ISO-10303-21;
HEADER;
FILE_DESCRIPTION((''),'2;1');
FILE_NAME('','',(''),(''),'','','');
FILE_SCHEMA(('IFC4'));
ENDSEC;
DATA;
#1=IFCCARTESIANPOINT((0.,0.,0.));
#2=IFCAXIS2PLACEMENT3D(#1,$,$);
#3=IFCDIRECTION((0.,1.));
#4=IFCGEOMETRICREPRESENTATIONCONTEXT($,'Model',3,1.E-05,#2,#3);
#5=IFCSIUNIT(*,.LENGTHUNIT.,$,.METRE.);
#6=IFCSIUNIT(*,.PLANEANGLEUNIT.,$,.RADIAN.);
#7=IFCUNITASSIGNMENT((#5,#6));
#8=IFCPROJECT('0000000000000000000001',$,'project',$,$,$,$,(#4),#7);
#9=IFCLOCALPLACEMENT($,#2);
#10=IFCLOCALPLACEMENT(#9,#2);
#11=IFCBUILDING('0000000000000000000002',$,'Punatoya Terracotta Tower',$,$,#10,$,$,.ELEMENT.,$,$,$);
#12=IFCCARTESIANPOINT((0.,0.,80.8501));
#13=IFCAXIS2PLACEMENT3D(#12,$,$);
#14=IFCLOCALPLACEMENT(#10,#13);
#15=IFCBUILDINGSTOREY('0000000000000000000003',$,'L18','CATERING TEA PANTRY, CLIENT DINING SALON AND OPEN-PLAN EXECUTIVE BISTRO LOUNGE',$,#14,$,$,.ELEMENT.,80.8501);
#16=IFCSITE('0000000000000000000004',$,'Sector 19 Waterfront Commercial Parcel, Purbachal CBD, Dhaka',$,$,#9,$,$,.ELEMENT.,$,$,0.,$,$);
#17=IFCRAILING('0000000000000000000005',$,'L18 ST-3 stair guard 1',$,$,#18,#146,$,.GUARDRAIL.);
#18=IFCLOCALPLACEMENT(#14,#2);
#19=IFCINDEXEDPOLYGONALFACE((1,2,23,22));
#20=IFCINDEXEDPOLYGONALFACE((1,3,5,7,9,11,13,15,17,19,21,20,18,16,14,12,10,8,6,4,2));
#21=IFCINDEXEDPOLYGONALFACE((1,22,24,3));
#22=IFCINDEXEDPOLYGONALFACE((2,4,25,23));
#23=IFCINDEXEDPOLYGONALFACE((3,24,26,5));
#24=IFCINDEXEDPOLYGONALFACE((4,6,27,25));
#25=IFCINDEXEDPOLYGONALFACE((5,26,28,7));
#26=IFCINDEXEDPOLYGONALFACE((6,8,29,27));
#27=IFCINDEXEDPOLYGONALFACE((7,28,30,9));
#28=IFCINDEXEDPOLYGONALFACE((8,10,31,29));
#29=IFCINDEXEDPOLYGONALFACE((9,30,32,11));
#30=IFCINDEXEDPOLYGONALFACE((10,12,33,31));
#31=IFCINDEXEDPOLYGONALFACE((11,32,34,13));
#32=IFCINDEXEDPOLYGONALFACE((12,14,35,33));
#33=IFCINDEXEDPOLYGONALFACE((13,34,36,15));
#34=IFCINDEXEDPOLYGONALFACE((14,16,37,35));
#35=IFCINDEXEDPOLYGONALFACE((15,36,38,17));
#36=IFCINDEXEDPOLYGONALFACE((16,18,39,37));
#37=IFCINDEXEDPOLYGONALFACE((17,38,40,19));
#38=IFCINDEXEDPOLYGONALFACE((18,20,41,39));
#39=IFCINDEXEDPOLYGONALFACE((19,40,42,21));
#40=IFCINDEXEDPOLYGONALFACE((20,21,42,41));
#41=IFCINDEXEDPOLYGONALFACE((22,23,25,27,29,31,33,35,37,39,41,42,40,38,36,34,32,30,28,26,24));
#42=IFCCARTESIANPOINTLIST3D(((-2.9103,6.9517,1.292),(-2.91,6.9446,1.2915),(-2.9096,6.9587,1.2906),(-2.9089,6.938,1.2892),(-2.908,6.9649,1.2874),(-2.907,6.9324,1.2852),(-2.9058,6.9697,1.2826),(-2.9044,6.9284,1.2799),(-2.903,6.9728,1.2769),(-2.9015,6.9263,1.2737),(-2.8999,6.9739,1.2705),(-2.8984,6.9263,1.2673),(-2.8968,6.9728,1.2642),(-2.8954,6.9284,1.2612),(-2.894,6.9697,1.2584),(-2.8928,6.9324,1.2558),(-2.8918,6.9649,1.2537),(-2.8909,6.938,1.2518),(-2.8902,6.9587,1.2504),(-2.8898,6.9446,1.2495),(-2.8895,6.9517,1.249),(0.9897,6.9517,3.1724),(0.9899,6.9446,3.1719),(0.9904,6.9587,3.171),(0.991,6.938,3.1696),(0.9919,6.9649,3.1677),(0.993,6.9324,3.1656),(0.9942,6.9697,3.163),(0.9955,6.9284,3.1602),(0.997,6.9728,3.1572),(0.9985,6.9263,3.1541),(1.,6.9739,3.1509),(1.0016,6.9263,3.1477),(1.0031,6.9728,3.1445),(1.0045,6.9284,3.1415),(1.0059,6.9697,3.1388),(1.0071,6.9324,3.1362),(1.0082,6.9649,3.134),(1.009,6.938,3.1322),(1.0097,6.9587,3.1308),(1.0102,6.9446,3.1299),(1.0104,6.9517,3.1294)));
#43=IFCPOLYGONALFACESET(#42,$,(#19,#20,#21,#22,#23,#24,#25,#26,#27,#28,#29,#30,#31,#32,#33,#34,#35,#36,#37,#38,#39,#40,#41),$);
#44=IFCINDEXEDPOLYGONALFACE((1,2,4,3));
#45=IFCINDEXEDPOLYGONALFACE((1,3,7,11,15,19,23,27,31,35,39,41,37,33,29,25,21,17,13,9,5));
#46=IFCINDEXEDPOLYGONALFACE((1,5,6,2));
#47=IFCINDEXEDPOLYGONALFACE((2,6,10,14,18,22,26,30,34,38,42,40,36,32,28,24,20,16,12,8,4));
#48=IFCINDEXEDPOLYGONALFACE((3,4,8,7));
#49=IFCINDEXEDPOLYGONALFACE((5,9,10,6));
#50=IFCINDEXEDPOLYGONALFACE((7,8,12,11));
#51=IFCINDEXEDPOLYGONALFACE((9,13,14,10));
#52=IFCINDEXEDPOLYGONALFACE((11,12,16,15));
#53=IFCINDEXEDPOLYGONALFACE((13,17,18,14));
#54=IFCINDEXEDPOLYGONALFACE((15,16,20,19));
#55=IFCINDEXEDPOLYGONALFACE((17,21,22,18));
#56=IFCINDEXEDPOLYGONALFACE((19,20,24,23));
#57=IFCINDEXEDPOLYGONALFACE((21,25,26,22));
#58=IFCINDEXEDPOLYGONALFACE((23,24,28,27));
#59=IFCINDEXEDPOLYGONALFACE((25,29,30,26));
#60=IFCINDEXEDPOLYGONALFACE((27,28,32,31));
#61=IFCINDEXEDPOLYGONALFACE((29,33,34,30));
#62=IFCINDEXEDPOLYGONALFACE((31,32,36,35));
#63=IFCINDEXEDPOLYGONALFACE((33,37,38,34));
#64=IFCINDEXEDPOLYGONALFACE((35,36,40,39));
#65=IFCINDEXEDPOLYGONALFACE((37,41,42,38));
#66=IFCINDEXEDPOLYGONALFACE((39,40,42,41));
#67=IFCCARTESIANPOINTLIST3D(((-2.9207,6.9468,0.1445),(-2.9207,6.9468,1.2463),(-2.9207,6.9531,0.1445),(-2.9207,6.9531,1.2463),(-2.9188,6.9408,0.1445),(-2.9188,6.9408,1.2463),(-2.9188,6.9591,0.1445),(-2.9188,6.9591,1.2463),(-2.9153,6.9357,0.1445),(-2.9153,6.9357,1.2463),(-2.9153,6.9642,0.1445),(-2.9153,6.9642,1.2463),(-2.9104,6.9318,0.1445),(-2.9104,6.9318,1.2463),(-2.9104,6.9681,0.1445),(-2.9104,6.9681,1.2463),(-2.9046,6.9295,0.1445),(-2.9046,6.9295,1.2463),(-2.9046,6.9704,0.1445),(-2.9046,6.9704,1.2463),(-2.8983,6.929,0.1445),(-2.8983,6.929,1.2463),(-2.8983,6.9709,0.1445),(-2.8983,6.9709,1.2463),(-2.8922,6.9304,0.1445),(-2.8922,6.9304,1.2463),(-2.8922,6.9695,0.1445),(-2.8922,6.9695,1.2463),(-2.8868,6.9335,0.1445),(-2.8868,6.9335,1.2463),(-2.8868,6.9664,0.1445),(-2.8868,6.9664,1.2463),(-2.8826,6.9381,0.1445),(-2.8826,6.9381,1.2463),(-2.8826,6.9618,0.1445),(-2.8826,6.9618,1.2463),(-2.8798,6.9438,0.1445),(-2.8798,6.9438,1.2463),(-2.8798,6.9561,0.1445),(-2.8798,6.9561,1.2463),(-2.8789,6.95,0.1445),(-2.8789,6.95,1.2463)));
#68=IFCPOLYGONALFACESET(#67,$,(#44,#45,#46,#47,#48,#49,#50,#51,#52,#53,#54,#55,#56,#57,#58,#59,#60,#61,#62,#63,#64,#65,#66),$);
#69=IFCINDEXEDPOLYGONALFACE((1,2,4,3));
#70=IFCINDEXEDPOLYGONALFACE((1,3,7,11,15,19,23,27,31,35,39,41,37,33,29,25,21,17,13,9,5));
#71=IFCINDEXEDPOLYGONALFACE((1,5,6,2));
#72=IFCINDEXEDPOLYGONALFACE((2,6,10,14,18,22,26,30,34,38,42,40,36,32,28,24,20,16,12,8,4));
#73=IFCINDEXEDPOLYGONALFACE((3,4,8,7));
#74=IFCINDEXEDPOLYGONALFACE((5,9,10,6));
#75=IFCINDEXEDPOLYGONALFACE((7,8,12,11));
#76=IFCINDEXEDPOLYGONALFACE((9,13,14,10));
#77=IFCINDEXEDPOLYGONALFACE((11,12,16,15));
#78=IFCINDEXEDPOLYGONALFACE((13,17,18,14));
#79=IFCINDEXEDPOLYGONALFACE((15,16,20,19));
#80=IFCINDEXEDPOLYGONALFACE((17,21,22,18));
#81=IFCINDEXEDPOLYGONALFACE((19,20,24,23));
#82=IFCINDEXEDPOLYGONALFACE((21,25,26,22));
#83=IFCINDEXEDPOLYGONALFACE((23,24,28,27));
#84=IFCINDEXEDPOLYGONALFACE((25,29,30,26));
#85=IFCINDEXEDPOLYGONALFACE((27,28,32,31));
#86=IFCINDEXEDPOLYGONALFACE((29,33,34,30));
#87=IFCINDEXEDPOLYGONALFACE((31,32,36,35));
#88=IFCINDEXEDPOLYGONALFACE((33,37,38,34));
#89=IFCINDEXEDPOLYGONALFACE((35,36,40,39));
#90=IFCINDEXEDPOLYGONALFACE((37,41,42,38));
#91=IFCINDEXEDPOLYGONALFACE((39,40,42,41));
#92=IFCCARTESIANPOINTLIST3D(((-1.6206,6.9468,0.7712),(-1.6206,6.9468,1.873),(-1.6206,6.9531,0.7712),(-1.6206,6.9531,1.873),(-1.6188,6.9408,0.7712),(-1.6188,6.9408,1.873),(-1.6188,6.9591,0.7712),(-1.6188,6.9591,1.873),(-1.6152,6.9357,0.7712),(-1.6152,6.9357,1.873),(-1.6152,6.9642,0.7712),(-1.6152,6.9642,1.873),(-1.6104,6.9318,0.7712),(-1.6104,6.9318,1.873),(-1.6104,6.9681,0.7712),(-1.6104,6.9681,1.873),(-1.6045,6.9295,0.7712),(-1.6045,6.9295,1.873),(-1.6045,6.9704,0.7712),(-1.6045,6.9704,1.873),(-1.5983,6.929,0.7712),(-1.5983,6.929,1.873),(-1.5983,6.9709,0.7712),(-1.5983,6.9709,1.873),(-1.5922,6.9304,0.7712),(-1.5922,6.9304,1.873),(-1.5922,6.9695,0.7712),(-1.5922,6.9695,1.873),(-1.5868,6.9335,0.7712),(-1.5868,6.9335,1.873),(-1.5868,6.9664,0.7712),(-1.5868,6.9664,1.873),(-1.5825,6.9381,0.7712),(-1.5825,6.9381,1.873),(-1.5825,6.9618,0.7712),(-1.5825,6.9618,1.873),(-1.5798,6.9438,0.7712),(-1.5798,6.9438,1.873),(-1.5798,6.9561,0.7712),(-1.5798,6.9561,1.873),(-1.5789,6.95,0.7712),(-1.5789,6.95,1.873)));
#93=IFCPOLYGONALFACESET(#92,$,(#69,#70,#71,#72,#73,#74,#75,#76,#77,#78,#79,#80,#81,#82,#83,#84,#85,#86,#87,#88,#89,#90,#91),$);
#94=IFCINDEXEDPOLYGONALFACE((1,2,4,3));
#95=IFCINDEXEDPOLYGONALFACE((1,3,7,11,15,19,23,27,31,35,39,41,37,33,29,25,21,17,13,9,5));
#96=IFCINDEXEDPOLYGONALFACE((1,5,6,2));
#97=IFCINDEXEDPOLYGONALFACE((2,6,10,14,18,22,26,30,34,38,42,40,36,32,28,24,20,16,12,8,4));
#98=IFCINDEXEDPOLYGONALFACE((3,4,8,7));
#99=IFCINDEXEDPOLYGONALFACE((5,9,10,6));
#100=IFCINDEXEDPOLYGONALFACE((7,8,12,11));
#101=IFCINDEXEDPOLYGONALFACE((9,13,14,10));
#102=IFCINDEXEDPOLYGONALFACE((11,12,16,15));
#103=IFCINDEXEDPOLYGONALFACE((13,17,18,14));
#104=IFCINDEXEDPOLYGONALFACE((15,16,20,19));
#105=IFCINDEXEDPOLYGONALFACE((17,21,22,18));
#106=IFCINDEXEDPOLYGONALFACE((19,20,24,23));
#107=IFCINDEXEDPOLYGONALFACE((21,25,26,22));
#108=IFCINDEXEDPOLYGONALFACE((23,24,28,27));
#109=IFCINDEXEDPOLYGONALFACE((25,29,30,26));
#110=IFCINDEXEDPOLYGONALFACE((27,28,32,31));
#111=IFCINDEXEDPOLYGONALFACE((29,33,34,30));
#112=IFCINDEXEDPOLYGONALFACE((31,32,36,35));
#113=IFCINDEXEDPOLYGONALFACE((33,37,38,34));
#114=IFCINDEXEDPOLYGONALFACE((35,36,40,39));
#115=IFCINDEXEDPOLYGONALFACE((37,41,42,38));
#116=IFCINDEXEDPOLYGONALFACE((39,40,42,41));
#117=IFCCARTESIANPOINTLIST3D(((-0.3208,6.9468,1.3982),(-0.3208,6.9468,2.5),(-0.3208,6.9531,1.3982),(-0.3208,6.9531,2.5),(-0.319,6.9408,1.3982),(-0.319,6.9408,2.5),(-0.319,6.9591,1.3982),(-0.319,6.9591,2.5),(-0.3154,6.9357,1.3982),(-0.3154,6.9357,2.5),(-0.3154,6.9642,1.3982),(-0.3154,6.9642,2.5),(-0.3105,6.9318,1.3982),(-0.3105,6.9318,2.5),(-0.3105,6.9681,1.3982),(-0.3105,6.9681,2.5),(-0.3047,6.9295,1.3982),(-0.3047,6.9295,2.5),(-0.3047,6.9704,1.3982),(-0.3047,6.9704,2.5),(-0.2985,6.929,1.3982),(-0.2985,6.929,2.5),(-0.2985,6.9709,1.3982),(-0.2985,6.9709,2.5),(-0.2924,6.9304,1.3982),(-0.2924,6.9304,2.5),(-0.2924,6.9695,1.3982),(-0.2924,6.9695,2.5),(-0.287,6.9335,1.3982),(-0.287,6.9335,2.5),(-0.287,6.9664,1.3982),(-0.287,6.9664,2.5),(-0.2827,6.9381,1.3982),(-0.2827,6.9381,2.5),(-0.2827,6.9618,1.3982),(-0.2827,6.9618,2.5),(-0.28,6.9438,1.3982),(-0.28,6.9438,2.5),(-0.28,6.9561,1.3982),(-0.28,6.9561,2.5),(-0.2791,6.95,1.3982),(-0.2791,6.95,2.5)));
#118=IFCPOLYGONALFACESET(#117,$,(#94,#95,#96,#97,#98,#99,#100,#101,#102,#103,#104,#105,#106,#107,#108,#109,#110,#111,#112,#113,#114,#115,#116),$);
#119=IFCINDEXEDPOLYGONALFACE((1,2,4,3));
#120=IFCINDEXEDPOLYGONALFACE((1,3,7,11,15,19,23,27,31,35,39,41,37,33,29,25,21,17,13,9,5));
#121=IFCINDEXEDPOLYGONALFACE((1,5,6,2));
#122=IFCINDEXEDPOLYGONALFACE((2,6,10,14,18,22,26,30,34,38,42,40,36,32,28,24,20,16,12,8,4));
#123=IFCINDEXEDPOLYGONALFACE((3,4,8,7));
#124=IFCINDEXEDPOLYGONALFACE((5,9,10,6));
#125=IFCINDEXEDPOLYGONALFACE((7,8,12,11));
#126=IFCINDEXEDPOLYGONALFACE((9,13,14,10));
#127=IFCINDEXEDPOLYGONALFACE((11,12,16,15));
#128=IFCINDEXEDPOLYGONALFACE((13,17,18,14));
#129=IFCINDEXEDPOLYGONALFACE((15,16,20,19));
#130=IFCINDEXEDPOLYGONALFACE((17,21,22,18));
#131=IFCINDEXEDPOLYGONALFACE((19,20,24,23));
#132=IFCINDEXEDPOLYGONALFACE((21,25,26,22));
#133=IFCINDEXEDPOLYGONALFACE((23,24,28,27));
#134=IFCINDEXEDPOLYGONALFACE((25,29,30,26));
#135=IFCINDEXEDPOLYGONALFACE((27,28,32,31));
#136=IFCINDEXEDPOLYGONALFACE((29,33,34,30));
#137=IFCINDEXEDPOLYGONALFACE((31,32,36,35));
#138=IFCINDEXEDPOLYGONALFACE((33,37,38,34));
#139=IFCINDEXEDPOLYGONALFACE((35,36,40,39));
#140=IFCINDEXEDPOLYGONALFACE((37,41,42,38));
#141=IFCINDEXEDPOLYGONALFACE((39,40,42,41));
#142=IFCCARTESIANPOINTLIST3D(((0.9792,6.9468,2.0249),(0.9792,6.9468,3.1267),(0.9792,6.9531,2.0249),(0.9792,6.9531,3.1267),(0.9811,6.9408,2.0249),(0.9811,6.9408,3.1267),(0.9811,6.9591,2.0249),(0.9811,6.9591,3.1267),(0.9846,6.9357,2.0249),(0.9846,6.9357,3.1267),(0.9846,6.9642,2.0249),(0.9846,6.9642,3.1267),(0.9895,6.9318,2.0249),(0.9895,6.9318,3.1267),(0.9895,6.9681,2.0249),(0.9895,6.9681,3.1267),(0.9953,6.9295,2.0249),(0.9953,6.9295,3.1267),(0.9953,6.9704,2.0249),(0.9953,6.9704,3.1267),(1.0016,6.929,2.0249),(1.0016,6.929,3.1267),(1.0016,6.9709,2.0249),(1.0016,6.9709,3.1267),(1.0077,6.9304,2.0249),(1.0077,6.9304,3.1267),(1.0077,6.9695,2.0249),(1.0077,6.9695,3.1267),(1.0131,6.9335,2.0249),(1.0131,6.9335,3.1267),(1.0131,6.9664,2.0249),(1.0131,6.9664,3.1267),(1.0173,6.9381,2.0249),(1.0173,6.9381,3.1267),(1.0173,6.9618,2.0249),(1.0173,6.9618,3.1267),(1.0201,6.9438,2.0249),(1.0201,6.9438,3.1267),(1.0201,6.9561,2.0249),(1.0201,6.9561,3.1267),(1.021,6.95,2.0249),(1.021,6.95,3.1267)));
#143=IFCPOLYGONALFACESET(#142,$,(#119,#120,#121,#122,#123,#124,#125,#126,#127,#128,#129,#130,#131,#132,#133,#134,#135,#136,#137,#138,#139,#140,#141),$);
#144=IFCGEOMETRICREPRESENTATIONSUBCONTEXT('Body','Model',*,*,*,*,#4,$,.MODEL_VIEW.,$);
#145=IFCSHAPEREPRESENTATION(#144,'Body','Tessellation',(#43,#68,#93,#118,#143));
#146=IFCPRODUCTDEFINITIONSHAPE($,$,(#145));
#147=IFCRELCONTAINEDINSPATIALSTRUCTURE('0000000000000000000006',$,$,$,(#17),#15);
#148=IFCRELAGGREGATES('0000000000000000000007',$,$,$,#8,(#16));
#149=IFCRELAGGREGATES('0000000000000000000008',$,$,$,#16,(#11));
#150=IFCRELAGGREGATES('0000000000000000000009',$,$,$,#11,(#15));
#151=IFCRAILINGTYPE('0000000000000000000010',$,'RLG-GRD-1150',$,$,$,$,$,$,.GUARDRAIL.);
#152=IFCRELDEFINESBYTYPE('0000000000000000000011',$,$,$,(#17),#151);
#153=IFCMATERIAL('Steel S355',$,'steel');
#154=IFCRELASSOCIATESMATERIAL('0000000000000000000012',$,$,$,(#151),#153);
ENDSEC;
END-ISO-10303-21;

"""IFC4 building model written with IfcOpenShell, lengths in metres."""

from ifc_helpers import new_model, si_unit, direction, frame, origin, origin_2d, place, context, subcontext, project, spatial, circle, extrude, material, type_object, element, save


model = new_model("IFC4")

# Units and contexts
model_context = context("Model", 3, precision=1e-05, world=origin(), true_north=direction((0.0, 1.0)))
body_context = subcontext(model_context, "Body", "Model", "MODEL_VIEW")
ifc_project = project(units=[si_unit("LENGTHUNIT", "METRE"), si_unit("PLANEANGLEUNIT", "RADIAN")], contexts=[model_context])

# Site, building, storey
site_placement = place(None, origin())
site = spatial("IfcSite", under=ifc_project, at=site_placement, Name="Sector 19 Waterfront Commercial Parcel, Purbachal CBD, Dhaka", CompositionType="ELEMENT", RefElevation=0.0)
building_placement = place(site_placement, origin())
building = spatial("IfcBuilding", under=site, at=building_placement, Name="Punatoya Terracotta Tower", CompositionType="ELEMENT")
storey_placement = place(building_placement, frame((0.0, 0.0, 80.8501)))
storey = spatial("IfcBuildingStorey", under=building, at=storey_placement, Name="L18", Description="CATERING TEA PANTRY, CLIENT DINING SALON AND OPEN-PLAN EXECUTIVE BISTRO LOUNGE", CompositionType="ELEMENT", Elevation=80.8501)

# Shared definitions
ifc_material_1 = material(Name="Steel S355", Category="steel")

# Railing
railing_type_1 = type_object("IfcRailingType", Name="RLG-GRD-1150", PredefinedType="GUARDRAIL", material=ifc_material_1)
railing_1_placement = place(storey_placement, frame((-2.8999, 6.95, 0.1445)))
element("IfcRailing", 1, at=railing_1_placement, inside=storey, type_object=railing_type_1, Name="L18 ST-3 stair guard 1", PredefinedType="GUARDRAIL", context=body_context, shape_type="SweptSolid", body=[
    extrude(circle(Radius=0.0239, at=origin_2d()), frame((0.0, 0.0, 1.126), z_axis=(0.900763, 0.0, 0.434311), x_axis=(0.0, 1.0, 0.0)), (0.0, 0.0, 1.0), 4.3296),
    extrude(circle(Radius=0.021, at=origin_2d()), origin(), (0.0, 0.0, 1.0), 1.1018),
    extrude(circle(Radius=0.021, at=origin_2d()), frame((1.3, 0.0, 0.6267)), (0.0, 0.0, 1.0), 1.1018),
    extrude(circle(Radius=0.021, at=origin_2d()), frame((2.5999, 0.0, 1.2537)), (0.0, 0.0, 1.0), 1.1018),
    extrude(circle(Radius=0.021, at=origin_2d()), frame((3.8999, 0.0, 1.8804)), (0.0, 0.0, 1.0), 1.1018),
])

save(model, "model.ifc")
